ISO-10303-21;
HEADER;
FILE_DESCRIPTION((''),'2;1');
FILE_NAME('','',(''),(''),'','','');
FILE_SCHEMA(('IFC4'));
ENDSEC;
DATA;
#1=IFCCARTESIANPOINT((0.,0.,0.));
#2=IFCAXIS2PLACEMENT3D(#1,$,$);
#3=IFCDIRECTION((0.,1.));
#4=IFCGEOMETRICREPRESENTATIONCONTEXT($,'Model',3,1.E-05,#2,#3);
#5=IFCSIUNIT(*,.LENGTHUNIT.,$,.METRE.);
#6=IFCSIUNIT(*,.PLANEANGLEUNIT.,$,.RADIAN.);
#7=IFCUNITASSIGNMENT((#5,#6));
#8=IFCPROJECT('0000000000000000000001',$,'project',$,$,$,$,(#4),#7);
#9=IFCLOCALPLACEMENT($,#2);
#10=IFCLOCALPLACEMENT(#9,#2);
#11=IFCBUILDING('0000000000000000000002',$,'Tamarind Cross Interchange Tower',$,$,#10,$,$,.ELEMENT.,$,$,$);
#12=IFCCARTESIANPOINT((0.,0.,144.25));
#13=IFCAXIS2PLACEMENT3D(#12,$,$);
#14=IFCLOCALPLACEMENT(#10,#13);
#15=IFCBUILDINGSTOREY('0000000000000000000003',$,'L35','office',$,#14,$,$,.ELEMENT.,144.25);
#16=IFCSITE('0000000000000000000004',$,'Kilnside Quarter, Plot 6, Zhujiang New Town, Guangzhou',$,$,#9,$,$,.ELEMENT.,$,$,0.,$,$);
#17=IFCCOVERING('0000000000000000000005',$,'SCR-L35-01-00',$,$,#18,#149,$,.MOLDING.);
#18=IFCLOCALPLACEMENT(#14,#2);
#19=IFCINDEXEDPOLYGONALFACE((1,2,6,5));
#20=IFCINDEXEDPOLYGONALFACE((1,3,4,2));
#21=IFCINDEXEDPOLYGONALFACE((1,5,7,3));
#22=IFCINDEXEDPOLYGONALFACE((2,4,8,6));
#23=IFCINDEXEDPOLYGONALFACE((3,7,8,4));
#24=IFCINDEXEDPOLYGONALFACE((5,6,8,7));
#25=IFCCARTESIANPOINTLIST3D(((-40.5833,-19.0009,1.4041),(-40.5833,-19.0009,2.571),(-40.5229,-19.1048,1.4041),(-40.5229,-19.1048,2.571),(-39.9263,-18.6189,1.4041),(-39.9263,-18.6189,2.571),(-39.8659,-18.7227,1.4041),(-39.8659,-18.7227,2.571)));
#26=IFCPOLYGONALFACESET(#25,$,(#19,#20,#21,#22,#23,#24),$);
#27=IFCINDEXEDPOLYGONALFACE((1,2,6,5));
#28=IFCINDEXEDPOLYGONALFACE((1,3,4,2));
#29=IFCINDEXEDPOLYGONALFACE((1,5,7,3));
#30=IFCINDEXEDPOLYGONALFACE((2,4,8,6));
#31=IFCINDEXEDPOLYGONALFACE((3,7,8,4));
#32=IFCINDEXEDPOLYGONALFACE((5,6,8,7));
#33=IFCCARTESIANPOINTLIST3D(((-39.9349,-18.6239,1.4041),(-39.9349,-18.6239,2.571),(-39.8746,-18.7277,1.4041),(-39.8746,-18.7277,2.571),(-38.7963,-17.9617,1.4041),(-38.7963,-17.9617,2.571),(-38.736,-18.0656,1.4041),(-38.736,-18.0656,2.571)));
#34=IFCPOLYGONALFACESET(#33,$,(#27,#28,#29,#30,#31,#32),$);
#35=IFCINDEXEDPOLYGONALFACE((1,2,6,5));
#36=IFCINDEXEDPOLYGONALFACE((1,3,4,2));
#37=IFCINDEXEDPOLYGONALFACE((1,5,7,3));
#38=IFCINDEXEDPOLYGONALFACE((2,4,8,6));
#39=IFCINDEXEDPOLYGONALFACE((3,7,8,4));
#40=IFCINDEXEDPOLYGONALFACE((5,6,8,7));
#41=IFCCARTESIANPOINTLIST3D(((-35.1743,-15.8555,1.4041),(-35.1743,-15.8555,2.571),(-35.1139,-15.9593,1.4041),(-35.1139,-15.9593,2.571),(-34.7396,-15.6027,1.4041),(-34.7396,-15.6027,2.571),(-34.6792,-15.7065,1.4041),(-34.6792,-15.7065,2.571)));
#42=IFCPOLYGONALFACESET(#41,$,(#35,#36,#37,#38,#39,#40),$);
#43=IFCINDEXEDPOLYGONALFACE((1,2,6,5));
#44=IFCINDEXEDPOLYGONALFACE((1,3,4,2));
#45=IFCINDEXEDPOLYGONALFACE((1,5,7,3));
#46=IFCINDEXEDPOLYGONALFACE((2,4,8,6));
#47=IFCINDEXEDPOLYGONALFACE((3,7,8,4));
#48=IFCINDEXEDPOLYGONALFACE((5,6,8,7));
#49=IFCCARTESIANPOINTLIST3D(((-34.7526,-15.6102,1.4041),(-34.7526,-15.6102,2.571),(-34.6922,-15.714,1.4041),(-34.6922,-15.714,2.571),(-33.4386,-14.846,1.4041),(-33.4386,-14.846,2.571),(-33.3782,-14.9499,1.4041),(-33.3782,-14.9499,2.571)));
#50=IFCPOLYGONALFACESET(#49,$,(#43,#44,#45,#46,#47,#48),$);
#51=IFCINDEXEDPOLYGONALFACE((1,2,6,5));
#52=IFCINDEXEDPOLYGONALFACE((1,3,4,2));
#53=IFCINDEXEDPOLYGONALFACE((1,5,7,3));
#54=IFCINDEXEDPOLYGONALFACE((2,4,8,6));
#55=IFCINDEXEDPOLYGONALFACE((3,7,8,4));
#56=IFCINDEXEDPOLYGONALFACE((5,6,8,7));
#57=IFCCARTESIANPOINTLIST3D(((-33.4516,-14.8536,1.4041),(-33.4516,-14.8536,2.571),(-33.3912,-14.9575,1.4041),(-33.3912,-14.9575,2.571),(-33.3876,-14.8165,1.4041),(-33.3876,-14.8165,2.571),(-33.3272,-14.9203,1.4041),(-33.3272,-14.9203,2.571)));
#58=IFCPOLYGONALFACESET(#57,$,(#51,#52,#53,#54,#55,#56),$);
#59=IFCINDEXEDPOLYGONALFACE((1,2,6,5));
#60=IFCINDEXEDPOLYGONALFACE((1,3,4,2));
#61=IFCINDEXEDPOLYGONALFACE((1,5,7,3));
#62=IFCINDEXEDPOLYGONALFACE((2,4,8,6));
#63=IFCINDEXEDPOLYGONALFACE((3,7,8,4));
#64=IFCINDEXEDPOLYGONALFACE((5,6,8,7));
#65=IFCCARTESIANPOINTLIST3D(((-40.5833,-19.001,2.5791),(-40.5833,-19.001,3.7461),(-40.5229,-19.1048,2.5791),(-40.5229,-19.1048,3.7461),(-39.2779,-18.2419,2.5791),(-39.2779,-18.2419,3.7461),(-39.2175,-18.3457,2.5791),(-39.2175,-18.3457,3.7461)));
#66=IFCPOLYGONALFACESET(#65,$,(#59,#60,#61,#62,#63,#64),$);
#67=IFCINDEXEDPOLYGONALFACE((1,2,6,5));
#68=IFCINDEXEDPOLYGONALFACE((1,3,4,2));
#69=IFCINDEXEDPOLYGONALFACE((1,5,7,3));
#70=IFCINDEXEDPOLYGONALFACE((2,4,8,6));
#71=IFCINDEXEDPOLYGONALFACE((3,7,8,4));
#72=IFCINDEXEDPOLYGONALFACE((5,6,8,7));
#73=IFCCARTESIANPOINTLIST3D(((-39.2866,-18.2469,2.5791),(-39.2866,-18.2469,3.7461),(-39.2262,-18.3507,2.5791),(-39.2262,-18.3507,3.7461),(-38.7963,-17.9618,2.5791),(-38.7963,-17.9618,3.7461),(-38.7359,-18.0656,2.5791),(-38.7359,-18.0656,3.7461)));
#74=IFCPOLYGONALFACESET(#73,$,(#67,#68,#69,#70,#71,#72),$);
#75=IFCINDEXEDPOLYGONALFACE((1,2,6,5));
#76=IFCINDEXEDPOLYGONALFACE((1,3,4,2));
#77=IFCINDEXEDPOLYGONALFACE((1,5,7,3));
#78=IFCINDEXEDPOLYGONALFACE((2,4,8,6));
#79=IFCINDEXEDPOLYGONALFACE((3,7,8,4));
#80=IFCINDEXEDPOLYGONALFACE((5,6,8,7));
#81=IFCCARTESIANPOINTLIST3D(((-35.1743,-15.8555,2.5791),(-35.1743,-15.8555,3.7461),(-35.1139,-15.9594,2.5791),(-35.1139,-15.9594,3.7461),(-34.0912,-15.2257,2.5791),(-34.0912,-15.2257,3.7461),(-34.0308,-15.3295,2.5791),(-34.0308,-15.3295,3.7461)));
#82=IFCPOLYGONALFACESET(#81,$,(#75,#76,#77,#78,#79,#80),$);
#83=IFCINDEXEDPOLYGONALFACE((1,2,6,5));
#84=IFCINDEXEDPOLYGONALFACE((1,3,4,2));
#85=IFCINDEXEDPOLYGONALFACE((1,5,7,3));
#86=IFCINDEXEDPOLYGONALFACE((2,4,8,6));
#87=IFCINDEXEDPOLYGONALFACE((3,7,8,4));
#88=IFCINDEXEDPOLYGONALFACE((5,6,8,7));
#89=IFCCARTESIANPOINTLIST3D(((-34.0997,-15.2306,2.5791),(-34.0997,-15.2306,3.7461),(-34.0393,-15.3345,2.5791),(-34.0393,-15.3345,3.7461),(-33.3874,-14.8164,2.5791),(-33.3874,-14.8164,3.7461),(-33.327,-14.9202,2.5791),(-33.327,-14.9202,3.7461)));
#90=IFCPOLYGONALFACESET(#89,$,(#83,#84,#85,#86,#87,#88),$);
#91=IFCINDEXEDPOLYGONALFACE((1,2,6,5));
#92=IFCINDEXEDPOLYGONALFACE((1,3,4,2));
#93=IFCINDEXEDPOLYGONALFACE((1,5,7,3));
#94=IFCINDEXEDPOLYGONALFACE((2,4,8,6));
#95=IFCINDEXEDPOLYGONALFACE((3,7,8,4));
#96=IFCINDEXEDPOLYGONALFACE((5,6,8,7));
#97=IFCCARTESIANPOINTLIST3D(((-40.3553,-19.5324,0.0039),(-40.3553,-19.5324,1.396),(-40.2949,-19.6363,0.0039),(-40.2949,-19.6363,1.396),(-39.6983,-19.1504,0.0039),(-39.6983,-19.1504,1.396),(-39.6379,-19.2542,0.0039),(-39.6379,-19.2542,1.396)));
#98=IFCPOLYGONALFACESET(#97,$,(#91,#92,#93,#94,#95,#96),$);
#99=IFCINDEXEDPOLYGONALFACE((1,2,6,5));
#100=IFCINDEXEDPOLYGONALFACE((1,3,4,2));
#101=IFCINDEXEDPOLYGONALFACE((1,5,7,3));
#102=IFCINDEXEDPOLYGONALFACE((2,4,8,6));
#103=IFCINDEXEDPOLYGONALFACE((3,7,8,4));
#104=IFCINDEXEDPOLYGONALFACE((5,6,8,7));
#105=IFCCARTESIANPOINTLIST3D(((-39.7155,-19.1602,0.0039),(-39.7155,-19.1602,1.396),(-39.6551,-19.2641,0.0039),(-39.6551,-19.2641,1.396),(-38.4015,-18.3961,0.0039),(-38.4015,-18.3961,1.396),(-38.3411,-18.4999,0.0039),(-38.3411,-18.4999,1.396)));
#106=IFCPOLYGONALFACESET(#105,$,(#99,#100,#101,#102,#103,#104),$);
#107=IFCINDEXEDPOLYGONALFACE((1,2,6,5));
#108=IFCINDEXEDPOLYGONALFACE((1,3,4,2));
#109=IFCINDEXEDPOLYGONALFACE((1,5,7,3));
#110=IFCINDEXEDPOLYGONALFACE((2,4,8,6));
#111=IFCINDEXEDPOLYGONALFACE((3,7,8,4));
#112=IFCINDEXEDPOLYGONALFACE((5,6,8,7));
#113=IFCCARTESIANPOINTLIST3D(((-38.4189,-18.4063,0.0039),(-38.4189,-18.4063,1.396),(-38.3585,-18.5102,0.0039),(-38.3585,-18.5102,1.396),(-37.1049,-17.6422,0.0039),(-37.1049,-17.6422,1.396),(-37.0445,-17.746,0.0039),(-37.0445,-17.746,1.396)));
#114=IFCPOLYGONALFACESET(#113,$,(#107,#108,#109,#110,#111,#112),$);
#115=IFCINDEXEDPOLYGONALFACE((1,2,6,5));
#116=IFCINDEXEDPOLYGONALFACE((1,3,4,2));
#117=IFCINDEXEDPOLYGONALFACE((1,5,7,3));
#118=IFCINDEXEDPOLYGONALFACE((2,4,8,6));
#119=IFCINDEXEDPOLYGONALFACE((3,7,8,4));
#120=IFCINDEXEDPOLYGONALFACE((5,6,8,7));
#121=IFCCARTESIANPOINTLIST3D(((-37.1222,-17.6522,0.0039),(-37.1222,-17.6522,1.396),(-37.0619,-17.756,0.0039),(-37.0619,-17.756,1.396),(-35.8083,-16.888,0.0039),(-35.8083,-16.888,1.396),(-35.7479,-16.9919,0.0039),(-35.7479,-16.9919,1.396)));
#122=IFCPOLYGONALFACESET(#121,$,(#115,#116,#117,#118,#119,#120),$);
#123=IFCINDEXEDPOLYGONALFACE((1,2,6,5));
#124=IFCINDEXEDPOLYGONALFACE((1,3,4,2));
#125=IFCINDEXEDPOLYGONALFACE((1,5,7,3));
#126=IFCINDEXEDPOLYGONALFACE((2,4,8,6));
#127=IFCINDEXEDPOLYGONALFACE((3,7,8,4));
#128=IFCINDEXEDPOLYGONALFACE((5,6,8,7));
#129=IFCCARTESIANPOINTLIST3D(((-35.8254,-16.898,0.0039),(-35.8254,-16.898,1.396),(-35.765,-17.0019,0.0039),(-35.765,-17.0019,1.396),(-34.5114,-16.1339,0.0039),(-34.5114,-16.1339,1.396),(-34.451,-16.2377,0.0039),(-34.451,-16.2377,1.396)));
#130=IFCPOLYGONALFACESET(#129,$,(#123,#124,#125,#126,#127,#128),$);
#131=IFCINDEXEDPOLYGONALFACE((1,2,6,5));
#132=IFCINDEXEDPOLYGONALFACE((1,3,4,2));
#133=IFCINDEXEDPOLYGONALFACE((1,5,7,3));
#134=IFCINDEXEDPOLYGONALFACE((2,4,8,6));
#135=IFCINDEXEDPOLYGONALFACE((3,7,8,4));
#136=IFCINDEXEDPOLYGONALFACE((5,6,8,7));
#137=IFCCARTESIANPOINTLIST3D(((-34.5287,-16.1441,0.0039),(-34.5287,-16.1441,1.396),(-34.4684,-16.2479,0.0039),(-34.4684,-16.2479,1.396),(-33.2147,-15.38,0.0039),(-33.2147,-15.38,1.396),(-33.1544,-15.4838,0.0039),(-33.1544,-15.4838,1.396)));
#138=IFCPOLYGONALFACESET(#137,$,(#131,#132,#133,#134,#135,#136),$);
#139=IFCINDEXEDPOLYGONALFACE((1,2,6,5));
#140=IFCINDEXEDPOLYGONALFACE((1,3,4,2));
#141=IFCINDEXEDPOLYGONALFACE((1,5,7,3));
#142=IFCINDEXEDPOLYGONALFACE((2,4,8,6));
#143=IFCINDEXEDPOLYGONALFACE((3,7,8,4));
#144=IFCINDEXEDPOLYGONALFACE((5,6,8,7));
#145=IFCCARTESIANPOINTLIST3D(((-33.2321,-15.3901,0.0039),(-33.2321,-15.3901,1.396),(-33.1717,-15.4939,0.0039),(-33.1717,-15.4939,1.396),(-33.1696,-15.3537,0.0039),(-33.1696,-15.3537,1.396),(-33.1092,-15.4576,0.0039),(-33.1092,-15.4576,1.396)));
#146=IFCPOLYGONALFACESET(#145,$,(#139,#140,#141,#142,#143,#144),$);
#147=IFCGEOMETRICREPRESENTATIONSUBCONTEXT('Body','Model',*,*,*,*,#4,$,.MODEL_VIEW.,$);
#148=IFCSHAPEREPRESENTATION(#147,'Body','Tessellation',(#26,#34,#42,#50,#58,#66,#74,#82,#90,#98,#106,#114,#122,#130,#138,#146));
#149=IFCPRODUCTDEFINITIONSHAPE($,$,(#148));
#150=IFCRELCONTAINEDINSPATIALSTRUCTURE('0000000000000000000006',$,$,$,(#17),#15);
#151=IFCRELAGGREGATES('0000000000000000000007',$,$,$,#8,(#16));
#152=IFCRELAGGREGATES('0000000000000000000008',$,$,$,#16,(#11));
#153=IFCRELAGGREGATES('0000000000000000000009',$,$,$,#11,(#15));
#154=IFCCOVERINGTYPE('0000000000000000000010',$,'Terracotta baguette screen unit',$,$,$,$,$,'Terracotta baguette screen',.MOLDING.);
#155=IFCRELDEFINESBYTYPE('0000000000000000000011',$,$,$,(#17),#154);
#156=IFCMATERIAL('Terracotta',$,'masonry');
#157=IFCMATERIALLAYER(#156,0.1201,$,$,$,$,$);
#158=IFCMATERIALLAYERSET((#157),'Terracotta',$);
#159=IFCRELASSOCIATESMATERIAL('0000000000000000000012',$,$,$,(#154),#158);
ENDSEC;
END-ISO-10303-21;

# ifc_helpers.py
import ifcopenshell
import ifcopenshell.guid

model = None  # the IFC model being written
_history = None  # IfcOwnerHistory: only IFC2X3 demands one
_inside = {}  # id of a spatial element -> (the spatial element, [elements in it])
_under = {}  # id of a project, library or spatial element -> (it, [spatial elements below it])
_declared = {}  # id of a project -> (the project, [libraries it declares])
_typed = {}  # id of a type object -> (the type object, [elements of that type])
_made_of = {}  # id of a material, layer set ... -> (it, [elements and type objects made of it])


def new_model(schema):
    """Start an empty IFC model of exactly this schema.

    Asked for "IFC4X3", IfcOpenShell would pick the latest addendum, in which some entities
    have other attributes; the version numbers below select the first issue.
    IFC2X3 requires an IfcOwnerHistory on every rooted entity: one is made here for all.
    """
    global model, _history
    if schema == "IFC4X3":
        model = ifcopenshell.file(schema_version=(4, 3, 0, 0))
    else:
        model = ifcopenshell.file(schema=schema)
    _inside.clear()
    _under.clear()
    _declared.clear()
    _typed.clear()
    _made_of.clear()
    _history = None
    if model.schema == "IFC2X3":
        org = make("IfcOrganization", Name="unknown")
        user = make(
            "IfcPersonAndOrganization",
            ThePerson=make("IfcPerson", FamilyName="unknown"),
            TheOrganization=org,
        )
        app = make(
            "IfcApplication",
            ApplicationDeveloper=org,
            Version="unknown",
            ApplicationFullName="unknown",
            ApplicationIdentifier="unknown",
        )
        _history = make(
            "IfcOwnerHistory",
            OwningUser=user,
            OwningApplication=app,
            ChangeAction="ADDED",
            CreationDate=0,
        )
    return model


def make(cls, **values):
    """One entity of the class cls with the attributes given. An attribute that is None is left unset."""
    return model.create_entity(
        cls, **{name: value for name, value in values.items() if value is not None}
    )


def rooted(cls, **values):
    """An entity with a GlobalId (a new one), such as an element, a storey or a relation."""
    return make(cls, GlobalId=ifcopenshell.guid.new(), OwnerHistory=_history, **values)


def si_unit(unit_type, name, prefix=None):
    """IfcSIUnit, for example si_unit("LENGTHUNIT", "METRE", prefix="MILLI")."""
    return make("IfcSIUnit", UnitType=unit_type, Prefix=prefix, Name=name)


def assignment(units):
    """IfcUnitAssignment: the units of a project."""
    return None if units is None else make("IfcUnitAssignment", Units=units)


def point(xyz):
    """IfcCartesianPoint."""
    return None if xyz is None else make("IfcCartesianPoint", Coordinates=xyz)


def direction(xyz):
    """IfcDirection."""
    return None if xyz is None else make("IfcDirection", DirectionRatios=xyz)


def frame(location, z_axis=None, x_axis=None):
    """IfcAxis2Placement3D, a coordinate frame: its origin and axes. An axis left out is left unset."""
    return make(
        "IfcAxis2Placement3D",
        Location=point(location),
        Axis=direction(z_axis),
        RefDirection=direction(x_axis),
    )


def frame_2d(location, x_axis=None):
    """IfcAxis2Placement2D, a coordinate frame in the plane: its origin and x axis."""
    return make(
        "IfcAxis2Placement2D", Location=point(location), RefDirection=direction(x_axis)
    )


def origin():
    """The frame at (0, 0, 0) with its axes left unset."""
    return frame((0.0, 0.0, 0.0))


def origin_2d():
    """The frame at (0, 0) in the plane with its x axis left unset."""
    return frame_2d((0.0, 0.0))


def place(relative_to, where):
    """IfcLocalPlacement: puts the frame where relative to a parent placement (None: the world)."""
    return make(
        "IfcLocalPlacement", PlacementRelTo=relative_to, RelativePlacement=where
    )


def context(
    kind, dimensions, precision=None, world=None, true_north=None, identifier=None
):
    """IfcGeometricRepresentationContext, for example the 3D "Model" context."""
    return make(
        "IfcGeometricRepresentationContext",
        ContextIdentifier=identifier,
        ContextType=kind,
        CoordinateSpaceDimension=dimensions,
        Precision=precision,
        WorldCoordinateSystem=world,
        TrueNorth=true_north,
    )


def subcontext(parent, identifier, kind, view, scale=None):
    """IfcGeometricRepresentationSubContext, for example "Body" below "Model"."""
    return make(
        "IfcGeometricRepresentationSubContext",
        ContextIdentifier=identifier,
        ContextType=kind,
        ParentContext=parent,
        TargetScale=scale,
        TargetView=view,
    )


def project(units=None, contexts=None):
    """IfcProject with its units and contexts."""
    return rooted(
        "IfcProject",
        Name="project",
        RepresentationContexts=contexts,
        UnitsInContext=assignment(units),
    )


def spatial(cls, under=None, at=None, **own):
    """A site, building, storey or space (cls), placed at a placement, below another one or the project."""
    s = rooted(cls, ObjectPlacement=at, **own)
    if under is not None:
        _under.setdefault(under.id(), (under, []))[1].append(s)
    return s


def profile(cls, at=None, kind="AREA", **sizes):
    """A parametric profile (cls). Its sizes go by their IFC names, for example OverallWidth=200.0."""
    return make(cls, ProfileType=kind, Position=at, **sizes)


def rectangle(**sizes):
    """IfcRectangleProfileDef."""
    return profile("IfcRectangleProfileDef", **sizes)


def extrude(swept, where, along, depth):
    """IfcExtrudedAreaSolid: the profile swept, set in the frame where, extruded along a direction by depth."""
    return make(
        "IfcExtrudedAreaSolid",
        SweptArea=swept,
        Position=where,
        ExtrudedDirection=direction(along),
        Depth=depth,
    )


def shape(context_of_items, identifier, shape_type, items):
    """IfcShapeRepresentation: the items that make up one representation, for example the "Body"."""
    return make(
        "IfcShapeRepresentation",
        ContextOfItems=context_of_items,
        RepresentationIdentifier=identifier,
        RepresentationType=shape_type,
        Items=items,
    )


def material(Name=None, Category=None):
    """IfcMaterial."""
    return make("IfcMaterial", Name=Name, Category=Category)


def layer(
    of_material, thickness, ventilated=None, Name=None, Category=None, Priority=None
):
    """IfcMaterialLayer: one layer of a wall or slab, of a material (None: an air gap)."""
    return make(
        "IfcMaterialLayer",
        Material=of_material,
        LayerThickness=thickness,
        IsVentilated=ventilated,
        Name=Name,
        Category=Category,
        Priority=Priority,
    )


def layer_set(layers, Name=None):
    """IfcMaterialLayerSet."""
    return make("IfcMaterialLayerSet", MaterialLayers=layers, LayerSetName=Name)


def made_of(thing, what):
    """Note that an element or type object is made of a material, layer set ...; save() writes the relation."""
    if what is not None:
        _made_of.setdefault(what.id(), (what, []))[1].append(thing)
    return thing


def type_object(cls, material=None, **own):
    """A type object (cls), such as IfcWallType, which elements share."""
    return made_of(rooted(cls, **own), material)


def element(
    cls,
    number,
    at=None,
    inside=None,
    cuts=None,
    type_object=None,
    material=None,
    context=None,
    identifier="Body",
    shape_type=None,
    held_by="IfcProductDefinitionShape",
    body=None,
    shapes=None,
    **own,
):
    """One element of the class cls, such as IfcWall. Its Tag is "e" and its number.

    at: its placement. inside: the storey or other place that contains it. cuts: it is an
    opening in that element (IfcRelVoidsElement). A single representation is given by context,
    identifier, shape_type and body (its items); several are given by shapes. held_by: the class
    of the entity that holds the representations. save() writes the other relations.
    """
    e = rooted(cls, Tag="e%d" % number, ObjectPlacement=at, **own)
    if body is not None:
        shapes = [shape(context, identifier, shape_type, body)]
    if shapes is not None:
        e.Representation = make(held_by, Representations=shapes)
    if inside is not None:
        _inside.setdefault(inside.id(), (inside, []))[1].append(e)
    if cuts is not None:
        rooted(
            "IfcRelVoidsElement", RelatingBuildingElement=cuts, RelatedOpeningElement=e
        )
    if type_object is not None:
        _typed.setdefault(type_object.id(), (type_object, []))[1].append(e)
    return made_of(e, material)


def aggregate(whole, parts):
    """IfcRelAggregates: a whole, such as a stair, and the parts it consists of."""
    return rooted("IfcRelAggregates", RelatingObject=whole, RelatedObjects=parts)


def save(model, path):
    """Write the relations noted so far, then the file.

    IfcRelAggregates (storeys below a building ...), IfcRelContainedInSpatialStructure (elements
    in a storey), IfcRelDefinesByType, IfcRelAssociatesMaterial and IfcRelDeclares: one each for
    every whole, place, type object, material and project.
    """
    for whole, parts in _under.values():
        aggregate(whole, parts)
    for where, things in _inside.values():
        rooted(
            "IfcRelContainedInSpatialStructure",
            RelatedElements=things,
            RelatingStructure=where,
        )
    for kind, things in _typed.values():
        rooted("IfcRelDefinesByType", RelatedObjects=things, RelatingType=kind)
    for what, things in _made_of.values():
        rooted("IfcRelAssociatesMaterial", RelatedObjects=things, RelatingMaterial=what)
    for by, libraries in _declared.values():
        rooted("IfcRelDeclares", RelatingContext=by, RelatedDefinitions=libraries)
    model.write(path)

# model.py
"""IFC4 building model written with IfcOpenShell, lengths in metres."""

from ifc_helpers import new_model, si_unit, direction, frame, origin, origin_2d, place, context, subcontext, project, spatial, rectangle, extrude, material, layer, layer_set, type_object, element, save


model = new_model("IFC4")

# Units and contexts
model_context = context("Model", 3, precision=1e-05, world=origin(), true_north=direction((0.0, 1.0)))
body_context = subcontext(model_context, "Body", "Model", "MODEL_VIEW")
ifc_project = project(units=[si_unit("LENGTHUNIT", "METRE"), si_unit("PLANEANGLEUNIT", "RADIAN")], contexts=[model_context])

# Site, building, storey
site_placement = place(None, origin())
site = spatial("IfcSite", under=ifc_project, at=site_placement, Name="Kilnside Quarter, Plot 6, Zhujiang New Town, Guangzhou", CompositionType="ELEMENT", RefElevation=0.0)
building_placement = place(site_placement, origin())
building = spatial("IfcBuilding", under=site, at=building_placement, Name="Tamarind Cross Interchange Tower", CompositionType="ELEMENT")
storey_placement = place(building_placement, frame((0.0, 0.0, 144.25)))
storey = spatial("IfcBuildingStorey", under=building, at=storey_placement, Name="L35", Description="office", CompositionType="ELEMENT", Elevation=144.25)

# Covering
ifc_material_1 = material(Name="Terracotta", Category="masonry")
ifc_layer_1 = layer(ifc_material_1, 0.1201)
ifc_layer_set_1 = layer_set([ifc_layer_1], Name="Terracotta")
covering_type = type_object("IfcCoveringType", Name="Terracotta baguette screen unit", ElementType="Terracotta baguette screen", PredefinedType="MOLDING", material=ifc_layer_set_1)
covering_1_placement = place(storey_placement, origin())
element("IfcCovering", 1, at=covering_1_placement, inside=storey, type_object=covering_type, Name="SCR-L35-01-00", PredefinedType="MOLDING", context=body_context, shape_type="SweptSolid", body=[
    extrude(rectangle(XDim=0.76, YDim=0.1201, at=origin_2d()), frame((-40.2246, -18.8618, 1.4041), z_axis=(0.0, 0.0, 1.0), x_axis=(0.864456, 0.502708, 0.0)), (0.0, 0.0, 1.0), 1.167),
    extrude(rectangle(XDim=1.3171, YDim=0.1201, at=origin_2d()), frame((-39.3354, -18.3447, 1.4041), z_axis=(0.0, 0.0, 1.0), x_axis=(0.864456, 0.502708, 0.0)), (0.0, 0.0, 1.0), 1.167),
    extrude(rectangle(XDim=0.5029, YDim=0.1201, at=origin_2d()), frame((-34.9268, -15.781, 1.4041), z_axis=(0.0, 0.0, 1.0), x_axis=(0.864456, 0.502708, 0.0)), (0.0, 0.0, 1.0), 1.167),
    extrude(rectangle(XDim=1.52, YDim=0.1201, at=origin_2d()), frame((-34.0654, -15.28, 1.4041), z_axis=(0.0, 0.0, 1.0), x_axis=(0.864456, 0.502708, 0.0)), (0.0, 0.0, 1.0), 1.167),
    extrude(rectangle(XDim=0.074, YDim=0.1201, at=origin_2d()), frame((-33.3894, -14.887, 1.4041), z_axis=(0.0, 0.0, 1.0), x_axis=(0.864456, 0.502708, 0.0)), (0.0, 0.0, 1.0), 1.167),
    extrude(rectangle(XDim=1.51, YDim=0.1201, at=origin_2d()), frame((-39.9004, -18.6733, 2.5791), z_axis=(0.0, 0.0, 1.0), x_axis=(0.864456, 0.502708, 0.0)), (0.0, 0.0, 1.0), 1.167),
    extrude(rectangle(XDim=0.5671, YDim=0.1201, at=origin_2d()), frame((-39.0112, -18.1562, 2.5791), z_axis=(0.0, 0.0, 1.0), x_axis=(0.864456, 0.502708, 0.0)), (0.0, 0.0, 1.0), 1.167),
    extrude(rectangle(XDim=1.2529, YDim=0.1201, at=origin_2d()), frame((-34.6025, -15.5925, 2.5791), z_axis=(0.0, 0.0, 1.0), x_axis=(0.864456, 0.502708, 0.0)), (0.0, 0.0, 1.0), 1.167),
    extrude(rectangle(XDim=0.824, YDim=0.1201, at=origin_2d()), frame((-33.7134, -15.0754, 2.5791), z_axis=(0.0, 0.0, 1.0), x_axis=(0.864456, 0.502708, 0.0)), (0.0, 0.0, 1.0), 1.167),
    extrude(rectangle(XDim=0.76, YDim=0.1201, at=origin_2d()), frame((-39.9966, -19.3933, 0.0039), z_axis=(0.0, 0.0, 1.0), x_axis=(0.864456, 0.502708, 0.0)), (0.0, 0.0, 1.0), 1.3921),
    extrude(rectangle(XDim=1.52, YDim=0.1201, at=origin_2d()), frame((-39.0283, -18.8301, 0.0039), z_axis=(0.0, 0.0, 1.0), x_axis=(0.864456, 0.502708, 0.0)), (0.0, 0.0, 1.0), 1.3921),
    extrude(rectangle(XDim=1.52, YDim=0.1201, at=origin_2d()), frame((-37.7317, -18.0762, 0.0039), z_axis=(0.0, 0.0, 1.0), x_axis=(0.864456, 0.502708, 0.0)), (0.0, 0.0, 1.0), 1.3921),
    extrude(rectangle(XDim=1.52, YDim=0.1201, at=origin_2d()), frame((-36.4351, -17.322, 0.0039), z_axis=(0.0, 0.0, 1.0), x_axis=(0.864456, 0.502708, 0.0)), (0.0, 0.0, 1.0), 1.3921),
    extrude(rectangle(XDim=1.52, YDim=0.1201, at=origin_2d()), frame((-35.1382, -16.5679, 0.0039), z_axis=(0.0, 0.0, 1.0), x_axis=(0.864456, 0.502708, 0.0)), (0.0, 0.0, 1.0), 1.3921),
    extrude(rectangle(XDim=1.52, YDim=0.1201, at=origin_2d()), frame((-33.8416, -15.814, 0.0039), z_axis=(0.0, 0.0, 1.0), x_axis=(0.864456, 0.502708, 0.0)), (0.0, 0.0, 1.0), 1.3921),
    extrude(rectangle(XDim=0.0723, YDim=0.1201, at=origin_2d()), frame((-33.1707, -15.4238, 0.0039), z_axis=(0.0, 0.0, 1.0), x_axis=(0.864456, 0.502708, 0.0)), (0.0, 0.0, 1.0), 1.3921),
])

save(model, "model.ifc")
